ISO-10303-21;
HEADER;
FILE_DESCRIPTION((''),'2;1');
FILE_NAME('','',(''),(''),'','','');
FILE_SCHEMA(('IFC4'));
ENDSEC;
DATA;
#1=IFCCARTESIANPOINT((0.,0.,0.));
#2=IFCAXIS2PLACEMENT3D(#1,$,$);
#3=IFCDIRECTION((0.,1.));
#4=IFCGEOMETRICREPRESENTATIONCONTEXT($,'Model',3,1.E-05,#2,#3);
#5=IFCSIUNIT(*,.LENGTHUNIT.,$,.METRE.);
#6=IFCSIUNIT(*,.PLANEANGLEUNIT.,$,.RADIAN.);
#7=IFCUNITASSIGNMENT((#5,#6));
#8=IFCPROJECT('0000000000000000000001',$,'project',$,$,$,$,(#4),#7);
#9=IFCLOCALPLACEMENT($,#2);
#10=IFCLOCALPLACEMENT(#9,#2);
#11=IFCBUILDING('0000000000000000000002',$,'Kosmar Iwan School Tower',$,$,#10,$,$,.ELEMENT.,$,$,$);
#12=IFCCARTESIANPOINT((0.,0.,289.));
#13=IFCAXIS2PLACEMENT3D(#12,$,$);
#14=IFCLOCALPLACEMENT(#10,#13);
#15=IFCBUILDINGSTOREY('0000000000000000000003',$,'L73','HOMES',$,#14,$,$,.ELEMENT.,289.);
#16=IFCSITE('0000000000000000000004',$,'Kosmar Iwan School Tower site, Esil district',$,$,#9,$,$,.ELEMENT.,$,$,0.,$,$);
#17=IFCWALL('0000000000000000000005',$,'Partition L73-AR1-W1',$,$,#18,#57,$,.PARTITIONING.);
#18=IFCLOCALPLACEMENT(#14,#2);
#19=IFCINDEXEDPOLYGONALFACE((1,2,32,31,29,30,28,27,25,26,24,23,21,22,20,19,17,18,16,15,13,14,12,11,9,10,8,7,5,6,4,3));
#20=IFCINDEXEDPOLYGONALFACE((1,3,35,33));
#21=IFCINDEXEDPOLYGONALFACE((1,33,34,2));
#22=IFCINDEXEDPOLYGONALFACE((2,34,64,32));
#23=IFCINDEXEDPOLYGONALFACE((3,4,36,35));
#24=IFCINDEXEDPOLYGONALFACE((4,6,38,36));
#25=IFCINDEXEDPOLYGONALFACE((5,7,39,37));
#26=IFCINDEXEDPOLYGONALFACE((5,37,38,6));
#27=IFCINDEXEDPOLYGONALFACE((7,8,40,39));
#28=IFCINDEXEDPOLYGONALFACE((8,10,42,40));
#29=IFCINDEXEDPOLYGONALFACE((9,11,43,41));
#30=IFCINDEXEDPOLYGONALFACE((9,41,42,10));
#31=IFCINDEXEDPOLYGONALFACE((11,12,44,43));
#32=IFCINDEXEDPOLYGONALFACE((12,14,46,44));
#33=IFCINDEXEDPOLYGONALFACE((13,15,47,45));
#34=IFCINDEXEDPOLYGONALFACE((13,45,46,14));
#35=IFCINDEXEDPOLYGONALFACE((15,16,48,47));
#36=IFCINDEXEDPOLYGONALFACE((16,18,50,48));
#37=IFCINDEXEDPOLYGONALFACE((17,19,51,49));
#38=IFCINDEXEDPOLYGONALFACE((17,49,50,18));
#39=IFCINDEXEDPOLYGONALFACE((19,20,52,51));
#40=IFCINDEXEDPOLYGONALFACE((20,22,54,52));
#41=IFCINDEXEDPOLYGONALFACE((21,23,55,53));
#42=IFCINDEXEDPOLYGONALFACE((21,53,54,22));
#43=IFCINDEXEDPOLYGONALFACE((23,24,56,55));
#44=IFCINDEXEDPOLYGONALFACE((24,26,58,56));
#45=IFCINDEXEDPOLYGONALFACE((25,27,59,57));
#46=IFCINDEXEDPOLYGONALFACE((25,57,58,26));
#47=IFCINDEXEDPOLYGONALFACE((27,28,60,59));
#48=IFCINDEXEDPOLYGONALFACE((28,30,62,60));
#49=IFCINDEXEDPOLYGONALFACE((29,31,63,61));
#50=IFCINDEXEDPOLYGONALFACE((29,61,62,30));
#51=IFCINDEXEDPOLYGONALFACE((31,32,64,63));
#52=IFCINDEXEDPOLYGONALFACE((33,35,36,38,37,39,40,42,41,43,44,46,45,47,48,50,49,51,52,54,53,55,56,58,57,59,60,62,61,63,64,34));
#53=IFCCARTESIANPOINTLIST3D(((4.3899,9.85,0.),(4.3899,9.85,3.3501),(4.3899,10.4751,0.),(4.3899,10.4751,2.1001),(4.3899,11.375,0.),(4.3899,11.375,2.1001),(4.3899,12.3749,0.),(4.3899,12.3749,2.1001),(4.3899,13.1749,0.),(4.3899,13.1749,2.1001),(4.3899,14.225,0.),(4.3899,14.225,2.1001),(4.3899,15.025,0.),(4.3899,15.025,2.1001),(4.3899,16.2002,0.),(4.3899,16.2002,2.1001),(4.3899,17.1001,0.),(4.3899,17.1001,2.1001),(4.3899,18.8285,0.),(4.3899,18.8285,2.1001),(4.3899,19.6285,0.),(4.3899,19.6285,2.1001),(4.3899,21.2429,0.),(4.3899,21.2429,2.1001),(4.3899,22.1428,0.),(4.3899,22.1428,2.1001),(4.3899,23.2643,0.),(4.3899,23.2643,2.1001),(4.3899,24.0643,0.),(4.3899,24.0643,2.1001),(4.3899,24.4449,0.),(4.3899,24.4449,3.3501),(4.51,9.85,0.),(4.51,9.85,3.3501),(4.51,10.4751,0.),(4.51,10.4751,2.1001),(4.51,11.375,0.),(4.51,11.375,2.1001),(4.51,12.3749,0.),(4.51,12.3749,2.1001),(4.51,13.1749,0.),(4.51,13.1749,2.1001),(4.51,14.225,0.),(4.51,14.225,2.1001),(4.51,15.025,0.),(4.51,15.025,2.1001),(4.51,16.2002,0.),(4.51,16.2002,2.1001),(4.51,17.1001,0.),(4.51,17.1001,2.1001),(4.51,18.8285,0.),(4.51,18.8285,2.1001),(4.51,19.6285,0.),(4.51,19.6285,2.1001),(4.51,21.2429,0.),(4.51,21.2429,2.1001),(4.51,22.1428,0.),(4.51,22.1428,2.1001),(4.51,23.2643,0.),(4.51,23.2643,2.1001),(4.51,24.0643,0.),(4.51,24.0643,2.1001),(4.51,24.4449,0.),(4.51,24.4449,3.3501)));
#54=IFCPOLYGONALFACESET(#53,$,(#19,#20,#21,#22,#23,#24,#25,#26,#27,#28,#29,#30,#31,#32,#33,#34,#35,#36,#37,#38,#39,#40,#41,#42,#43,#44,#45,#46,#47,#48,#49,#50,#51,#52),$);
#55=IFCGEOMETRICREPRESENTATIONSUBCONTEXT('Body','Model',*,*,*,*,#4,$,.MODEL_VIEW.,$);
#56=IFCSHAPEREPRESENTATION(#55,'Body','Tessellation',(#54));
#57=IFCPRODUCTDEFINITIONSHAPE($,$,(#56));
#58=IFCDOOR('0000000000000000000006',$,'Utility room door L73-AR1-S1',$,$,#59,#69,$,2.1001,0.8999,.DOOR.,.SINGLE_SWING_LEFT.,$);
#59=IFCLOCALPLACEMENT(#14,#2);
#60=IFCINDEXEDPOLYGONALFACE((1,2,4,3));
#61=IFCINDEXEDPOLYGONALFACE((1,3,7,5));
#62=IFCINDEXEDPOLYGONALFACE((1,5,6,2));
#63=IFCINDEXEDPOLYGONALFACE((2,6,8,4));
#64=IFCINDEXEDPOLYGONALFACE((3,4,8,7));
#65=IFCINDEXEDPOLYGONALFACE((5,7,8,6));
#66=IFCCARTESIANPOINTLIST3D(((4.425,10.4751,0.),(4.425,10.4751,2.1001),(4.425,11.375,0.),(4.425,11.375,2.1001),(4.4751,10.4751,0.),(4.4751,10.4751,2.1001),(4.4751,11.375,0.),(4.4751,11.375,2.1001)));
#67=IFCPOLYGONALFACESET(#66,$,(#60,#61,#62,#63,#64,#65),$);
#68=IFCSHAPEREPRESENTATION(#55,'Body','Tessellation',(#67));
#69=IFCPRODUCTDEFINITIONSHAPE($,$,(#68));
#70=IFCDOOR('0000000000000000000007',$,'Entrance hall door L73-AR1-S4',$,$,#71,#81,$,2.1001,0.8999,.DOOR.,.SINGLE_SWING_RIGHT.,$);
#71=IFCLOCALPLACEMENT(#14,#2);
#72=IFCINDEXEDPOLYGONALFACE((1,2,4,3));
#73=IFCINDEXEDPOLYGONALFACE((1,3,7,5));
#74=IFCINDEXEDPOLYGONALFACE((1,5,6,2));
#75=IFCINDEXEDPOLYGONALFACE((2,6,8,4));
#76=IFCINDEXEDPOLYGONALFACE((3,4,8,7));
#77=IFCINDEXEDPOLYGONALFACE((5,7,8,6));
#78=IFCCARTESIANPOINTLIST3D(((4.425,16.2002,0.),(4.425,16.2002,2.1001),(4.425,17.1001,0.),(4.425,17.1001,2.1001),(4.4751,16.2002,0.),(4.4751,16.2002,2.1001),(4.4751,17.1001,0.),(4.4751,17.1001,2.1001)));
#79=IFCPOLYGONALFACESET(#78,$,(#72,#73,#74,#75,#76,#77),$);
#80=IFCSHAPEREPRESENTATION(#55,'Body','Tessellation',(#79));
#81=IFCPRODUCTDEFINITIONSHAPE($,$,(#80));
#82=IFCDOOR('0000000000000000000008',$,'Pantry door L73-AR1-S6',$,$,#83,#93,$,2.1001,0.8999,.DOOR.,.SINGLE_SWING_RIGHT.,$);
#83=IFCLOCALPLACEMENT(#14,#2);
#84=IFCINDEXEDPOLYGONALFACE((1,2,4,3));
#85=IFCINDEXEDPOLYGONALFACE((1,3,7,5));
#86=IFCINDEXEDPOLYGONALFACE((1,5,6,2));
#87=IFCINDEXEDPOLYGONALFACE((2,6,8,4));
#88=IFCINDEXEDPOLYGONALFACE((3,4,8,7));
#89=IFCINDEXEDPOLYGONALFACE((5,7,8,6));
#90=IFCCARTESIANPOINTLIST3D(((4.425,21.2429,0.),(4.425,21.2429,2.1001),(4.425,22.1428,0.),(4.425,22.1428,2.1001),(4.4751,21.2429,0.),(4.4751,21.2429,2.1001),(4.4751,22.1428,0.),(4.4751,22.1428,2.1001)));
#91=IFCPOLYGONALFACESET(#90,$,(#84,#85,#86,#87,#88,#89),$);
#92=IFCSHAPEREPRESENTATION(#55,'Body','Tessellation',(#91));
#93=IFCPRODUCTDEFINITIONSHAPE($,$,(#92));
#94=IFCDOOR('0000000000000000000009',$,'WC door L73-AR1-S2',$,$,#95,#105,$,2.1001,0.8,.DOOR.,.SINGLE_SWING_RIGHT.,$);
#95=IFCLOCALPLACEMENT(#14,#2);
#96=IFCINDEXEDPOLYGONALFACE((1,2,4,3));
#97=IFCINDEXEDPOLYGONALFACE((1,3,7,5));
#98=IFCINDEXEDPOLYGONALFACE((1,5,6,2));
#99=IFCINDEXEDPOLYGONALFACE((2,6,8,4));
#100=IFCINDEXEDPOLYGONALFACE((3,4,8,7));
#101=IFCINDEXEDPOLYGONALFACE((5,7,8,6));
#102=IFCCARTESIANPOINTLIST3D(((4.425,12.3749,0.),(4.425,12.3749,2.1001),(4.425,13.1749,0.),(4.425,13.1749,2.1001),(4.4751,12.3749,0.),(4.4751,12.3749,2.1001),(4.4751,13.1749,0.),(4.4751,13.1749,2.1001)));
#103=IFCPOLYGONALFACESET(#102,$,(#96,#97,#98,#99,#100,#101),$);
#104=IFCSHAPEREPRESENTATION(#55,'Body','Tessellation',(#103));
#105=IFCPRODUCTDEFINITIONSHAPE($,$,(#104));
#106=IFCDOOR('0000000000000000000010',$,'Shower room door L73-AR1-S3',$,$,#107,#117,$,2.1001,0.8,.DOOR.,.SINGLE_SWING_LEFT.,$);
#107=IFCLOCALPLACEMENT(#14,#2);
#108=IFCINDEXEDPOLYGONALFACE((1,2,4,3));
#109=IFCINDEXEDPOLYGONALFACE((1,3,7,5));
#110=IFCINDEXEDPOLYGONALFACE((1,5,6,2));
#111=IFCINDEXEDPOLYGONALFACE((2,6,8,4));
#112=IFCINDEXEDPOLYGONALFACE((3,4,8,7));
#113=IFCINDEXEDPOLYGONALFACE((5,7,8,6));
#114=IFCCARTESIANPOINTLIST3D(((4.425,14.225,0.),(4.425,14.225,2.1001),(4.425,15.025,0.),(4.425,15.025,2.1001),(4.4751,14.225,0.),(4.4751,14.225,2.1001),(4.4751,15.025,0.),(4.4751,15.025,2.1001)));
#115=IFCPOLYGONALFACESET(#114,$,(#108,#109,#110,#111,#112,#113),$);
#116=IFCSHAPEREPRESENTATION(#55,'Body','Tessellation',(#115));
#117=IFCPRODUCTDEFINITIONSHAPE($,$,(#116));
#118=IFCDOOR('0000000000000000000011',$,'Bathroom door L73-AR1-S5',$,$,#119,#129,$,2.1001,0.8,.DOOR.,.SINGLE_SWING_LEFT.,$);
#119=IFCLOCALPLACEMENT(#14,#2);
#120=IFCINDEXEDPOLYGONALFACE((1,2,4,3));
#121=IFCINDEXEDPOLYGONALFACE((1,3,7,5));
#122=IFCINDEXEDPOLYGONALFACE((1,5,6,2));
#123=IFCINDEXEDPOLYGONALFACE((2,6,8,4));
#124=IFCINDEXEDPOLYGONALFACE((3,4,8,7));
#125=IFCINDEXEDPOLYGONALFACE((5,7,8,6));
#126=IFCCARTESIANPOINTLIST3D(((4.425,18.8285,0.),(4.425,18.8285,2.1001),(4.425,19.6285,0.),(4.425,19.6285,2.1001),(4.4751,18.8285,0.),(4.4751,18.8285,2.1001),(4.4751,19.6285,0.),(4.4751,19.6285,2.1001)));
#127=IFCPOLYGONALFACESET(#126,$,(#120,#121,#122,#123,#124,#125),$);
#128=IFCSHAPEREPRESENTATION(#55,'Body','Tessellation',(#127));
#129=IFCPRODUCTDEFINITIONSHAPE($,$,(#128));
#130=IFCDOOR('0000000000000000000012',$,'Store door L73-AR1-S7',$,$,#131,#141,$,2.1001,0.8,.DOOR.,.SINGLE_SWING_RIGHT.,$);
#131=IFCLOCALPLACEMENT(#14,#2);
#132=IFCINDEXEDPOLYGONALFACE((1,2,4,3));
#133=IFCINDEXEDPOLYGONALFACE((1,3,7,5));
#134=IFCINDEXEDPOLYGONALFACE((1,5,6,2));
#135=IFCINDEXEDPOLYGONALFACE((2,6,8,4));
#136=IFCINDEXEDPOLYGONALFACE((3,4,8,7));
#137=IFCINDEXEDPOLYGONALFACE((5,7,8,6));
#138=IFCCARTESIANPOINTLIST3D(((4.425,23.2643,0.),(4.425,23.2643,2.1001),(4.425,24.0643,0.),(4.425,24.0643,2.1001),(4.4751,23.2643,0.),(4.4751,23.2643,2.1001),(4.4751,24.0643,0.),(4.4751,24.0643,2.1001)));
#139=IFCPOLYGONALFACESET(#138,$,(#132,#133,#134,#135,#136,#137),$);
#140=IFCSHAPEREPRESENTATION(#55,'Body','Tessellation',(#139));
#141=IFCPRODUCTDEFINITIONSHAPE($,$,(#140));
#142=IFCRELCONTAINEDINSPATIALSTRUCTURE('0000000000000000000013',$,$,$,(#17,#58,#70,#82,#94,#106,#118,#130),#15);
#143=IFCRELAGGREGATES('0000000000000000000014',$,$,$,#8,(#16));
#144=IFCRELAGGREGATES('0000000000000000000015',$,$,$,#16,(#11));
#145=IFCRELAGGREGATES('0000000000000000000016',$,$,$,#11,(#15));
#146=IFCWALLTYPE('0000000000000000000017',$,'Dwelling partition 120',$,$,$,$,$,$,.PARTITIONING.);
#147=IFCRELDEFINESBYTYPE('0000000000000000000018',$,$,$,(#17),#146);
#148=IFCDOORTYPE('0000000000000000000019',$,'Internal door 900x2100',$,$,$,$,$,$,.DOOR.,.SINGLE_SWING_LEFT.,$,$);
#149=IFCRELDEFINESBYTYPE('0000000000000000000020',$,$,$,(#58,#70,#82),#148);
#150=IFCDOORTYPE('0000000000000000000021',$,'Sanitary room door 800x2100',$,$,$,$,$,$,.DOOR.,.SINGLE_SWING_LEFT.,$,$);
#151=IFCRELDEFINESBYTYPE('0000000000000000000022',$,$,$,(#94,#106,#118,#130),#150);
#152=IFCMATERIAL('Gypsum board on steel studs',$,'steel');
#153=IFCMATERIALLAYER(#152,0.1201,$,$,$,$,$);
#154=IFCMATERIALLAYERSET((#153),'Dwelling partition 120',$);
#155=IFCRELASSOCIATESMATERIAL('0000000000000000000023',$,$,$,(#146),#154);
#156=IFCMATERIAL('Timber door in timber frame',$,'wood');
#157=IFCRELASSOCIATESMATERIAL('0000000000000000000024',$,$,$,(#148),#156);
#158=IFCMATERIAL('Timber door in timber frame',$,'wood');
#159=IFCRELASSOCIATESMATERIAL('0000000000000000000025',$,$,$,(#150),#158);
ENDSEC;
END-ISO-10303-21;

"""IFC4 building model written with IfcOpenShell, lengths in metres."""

from ifc_helpers import new_model, si_unit, direction, frame, frame_2d, origin, place, context, subcontext, project, spatial, rectangle, extrude, material, layer, layer_set, type_object, element, fill, save


model = new_model("IFC4")

# Units and contexts
model_context = context("Model", 3, precision=1e-05, world=origin(), true_north=direction((0.0, 1.0)))
body_context = subcontext(model_context, "Body", "Model", "MODEL_VIEW")
ifc_project = project(units=[si_unit("LENGTHUNIT", "METRE"), si_unit("PLANEANGLEUNIT", "RADIAN")], contexts=[model_context])

# Site, building, storey
site_placement = place(None, origin())
site = spatial("IfcSite", under=ifc_project, at=site_placement, Name="Kosmar Iwan School Tower site, Esil district", CompositionType="ELEMENT", RefElevation=0.0)
building_placement = place(site_placement, origin())
building = spatial("IfcBuilding", under=site, at=building_placement, Name="Kosmar Iwan School Tower", CompositionType="ELEMENT")
storey_placement = place(building_placement, frame((0.0, 0.0, 289.0)))
storey = spatial("IfcBuildingStorey", under=building, at=storey_placement, Name="L73", Description="HOMES", CompositionType="ELEMENT", Elevation=289.0)

# Wall, openings, doors
ifc_material_1 = material(Name="Gypsum board on steel studs", Category="steel")
ifc_layer_1 = layer(ifc_material_1, 0.1201)
ifc_layer_set_1 = layer_set([ifc_layer_1], Name="Dwelling partition 120")
wall_type_1 = type_object("IfcWallType", Name="Dwelling partition 120", PredefinedType="PARTITIONING", material=ifc_layer_set_1)
wall_1_placement = place(storey_placement, frame((4.45, 9.8501, 0.0), z_axis=(0.0, 0.0, 1.0), x_axis=(0.0, 1.0, 0.0)))
wall_1 = element("IfcWall", 1, at=wall_1_placement, inside=storey, type_object=wall_type_1, Name="Partition L73-AR1-W1", PredefinedType="PARTITIONING", context=body_context, shape_type="SweptSolid", body=[
    extrude(rectangle(XDim=14.595, YDim=0.1201, at=frame_2d((7.2974, 0.0))), origin(), (0.0, 0.0, 1.0), 3.3501),
])
opening_1_placement = place(wall_1_placement, frame((0.625, 0.0, 0.0)))
opening_1 = element("IfcOpeningElement", 2, at=opening_1_placement, cuts=wall_1, PredefinedType="OPENING", context=body_context, shape_type="SweptSolid", body=[
    extrude(rectangle(XDim=0.8999, YDim=2.1001, at=frame_2d((0.45, 1.05))), frame((0.0, 0.072, 0.0), z_axis=(0.0, -1.0, 0.0), x_axis=(1.0, 0.0, 0.0)), (0.0, 0.0, 1.0), 0.144),
])
opening_2_placement = place(wall_1_placement, frame((2.5249, 0.0, 0.0)))
opening_2 = element("IfcOpeningElement", 3, at=opening_2_placement, cuts=wall_1, PredefinedType="OPENING", context=body_context, shape_type="SweptSolid", body=[
    extrude(rectangle(XDim=0.8, YDim=2.1001, at=frame_2d((0.3999, 1.05))), frame((0.0, 0.072, 0.0), z_axis=(0.0, -1.0, 0.0), x_axis=(1.0, 0.0, 0.0)), (0.0, 0.0, 1.0), 0.144),
])
opening_3_placement = place(wall_1_placement, frame((4.375, 0.0, 0.0)))
opening_3 = element("IfcOpeningElement", 4, at=opening_3_placement, cuts=wall_1, PredefinedType="OPENING", context=body_context, shape_type="SweptSolid", body=[
    extrude(rectangle(XDim=0.8, YDim=2.1001, at=frame_2d((0.3999, 1.05))), frame((0.0, 0.072, 0.0), z_axis=(0.0, -1.0, 0.0), x_axis=(1.0, 0.0, 0.0)), (0.0, 0.0, 1.0), 0.144),
])
opening_4_placement = place(wall_1_placement, frame((6.3501, 0.0, 0.0)))
opening_4 = element("IfcOpeningElement", 5, at=opening_4_placement, cuts=wall_1, PredefinedType="OPENING", context=body_context, shape_type="SweptSolid", body=[
    extrude(rectangle(XDim=0.8999, YDim=2.1001, at=frame_2d((0.45, 1.05))), frame((0.0, 0.072, 0.0), z_axis=(0.0, -1.0, 0.0), x_axis=(1.0, 0.0, 0.0)), (0.0, 0.0, 1.0), 0.144),
])
opening_5_placement = place(wall_1_placement, frame((8.9785, 0.0, 0.0)))
opening_5 = element("IfcOpeningElement", 6, at=opening_5_placement, cuts=wall_1, PredefinedType="OPENING", context=body_context, shape_type="SweptSolid", body=[
    extrude(rectangle(XDim=0.8, YDim=2.1001, at=frame_2d((0.3999, 1.05))), frame((0.0, 0.072, 0.0), z_axis=(0.0, -1.0, 0.0), x_axis=(1.0, 0.0, 0.0)), (0.0, 0.0, 1.0), 0.144),
])
opening_6_placement = place(wall_1_placement, frame((11.3928, 0.0, 0.0)))
opening_6 = element("IfcOpeningElement", 7, at=opening_6_placement, cuts=wall_1, PredefinedType="OPENING", context=body_context, shape_type="SweptSolid", body=[
    extrude(rectangle(XDim=0.8999, YDim=2.1001, at=frame_2d((0.45, 1.05))), frame((0.0, 0.072, 0.0), z_axis=(0.0, -1.0, 0.0), x_axis=(1.0, 0.0, 0.0)), (0.0, 0.0, 1.0), 0.144),
])
opening_7_placement = place(wall_1_placement, frame((13.4143, 0.0, 0.0)))
opening_7 = element("IfcOpeningElement", 8, at=opening_7_placement, cuts=wall_1, PredefinedType="OPENING", context=body_context, shape_type="SweptSolid", body=[
    extrude(rectangle(XDim=0.8, YDim=2.1001, at=frame_2d((0.3999, 1.05))), frame((0.0, 0.072, 0.0), z_axis=(0.0, -1.0, 0.0), x_axis=(1.0, 0.0, 0.0)), (0.0, 0.0, 1.0), 0.144),
])
ifc_material_2 = material(Name="Timber door in timber frame", Category="wood")
door_type_1 = type_object("IfcDoorType", Name="Internal door 900x2100", OperationType="SINGLE_SWING_LEFT", PredefinedType="DOOR", material=ifc_material_2)
door_1_placement = place(opening_1_placement, origin())
door_1 = element("IfcDoor", 9, at=door_1_placement, inside=storey, type_object=door_type_1, Name="Utility room door L73-AR1-S1", OperationType="SINGLE_SWING_LEFT", OverallHeight=2.1001, OverallWidth=0.8999, PredefinedType="DOOR", context=body_context, shape_type="SweptSolid", body=[
    extrude(rectangle(XDim=0.8999, YDim=2.1001, at=frame_2d((0.45, 1.05))), frame((0.0, 0.0249, 0.0), z_axis=(0.0, -1.0, 0.0), x_axis=(1.0, 0.0, 0.0)), (0.0, 0.0, 1.0), 0.05),
])
fill(opening_1, door_1)
door_2_placement = place(opening_4_placement, origin())
door_2 = element("IfcDoor", 10, at=door_2_placement, inside=storey, type_object=door_type_1, Name="Entrance hall door L73-AR1-S4", OperationType="SINGLE_SWING_RIGHT", OverallHeight=2.1001, OverallWidth=0.8999, PredefinedType="DOOR", context=body_context, shape_type="SweptSolid", body=[
    extrude(rectangle(XDim=0.8999, YDim=2.1001, at=frame_2d((0.45, 1.05))), frame((0.0, 0.0249, 0.0), z_axis=(0.0, -1.0, 0.0), x_axis=(1.0, 0.0, 0.0)), (0.0, 0.0, 1.0), 0.05),
])
fill(opening_4, door_2)
door_3_placement = place(opening_6_placement, origin())
door_3 = element("IfcDoor", 11, at=door_3_placement, inside=storey, type_object=door_type_1, Name="Pantry door L73-AR1-S6", OperationType="SINGLE_SWING_RIGHT", OverallHeight=2.1001, OverallWidth=0.8999, PredefinedType="DOOR", context=body_context, shape_type="SweptSolid", body=[
    extrude(rectangle(XDim=0.8999, YDim=2.1001, at=frame_2d((0.45, 1.05))), frame((0.0, 0.0249, 0.0), z_axis=(0.0, -1.0, 0.0), x_axis=(1.0, 0.0, 0.0)), (0.0, 0.0, 1.0), 0.05),
])
fill(opening_6, door_3)
ifc_material_3 = material(Name="Timber door in timber frame", Category="wood")
door_type_2 = type_object("IfcDoorType", Name="Sanitary room door 800x2100", OperationType="SINGLE_SWING_LEFT", PredefinedType="DOOR", material=ifc_material_3)
door_4_placement = place(opening_2_placement, origin())
door_4 = element("IfcDoor", 12, at=door_4_placement, inside=storey, type_object=door_type_2, Name="WC door L73-AR1-S2", OperationType="SINGLE_SWING_RIGHT", OverallHeight=2.1001, OverallWidth=0.8, PredefinedType="DOOR", context=body_context, shape_type="SweptSolid", body=[
    extrude(rectangle(XDim=0.8, YDim=2.1001, at=frame_2d((0.3999, 1.05))), frame((0.0, 0.0249, 0.0), z_axis=(0.0, -1.0, 0.0), x_axis=(1.0, 0.0, 0.0)), (0.0, 0.0, 1.0), 0.05),
])
fill(opening_2, door_4)
door_5_placement = place(opening_3_placement, origin())
door_5 = element("IfcDoor", 13, at=door_5_placement, inside=storey, type_object=door_type_2, Name="Shower room door L73-AR1-S3", OperationType="SINGLE_SWING_LEFT", OverallHeight=2.1001, OverallWidth=0.8, PredefinedType="DOOR", context=body_context, shape_type="SweptSolid", body=[
    extrude(rectangle(XDim=0.8, YDim=2.1001, at=frame_2d((0.3999, 1.05))), frame((0.0, 0.0249, 0.0), z_axis=(0.0, -1.0, 0.0), x_axis=(1.0, 0.0, 0.0)), (0.0, 0.0, 1.0), 0.05),
])
fill(opening_3, door_5)
door_6_placement = place(opening_5_placement, origin())
door_6 = element("IfcDoor", 14, at=door_6_placement, inside=storey, type_object=door_type_2, Name="Bathroom door L73-AR1-S5", OperationType="SINGLE_SWING_LEFT", OverallHeight=2.1001, OverallWidth=0.8, PredefinedType="DOOR", context=body_context, shape_type="SweptSolid", body=[
    extrude(rectangle(XDim=0.8, YDim=2.1001, at=frame_2d((0.3999, 1.05))), frame((0.0, 0.0249, 0.0), z_axis=(0.0, -1.0, 0.0), x_axis=(1.0, 0.0, 0.0)), (0.0, 0.0, 1.0), 0.05),
])
fill(opening_5, door_6)
door_7_placement = place(opening_7_placement, origin())
door_7 = element("IfcDoor", 15, at=door_7_placement, inside=storey, type_object=door_type_2, Name="Store door L73-AR1-S7", OperationType="SINGLE_SWING_RIGHT", OverallHeight=2.1001, OverallWidth=0.8, PredefinedType="DOOR", context=body_context, shape_type="SweptSolid", body=[
    extrude(rectangle(XDim=0.8, YDim=2.1001, at=frame_2d((0.3999, 1.05))), frame((0.0, 0.0249, 0.0), z_axis=(0.0, -1.0, 0.0), x_axis=(1.0, 0.0, 0.0)), (0.0, 0.0, 1.0), 0.05),
])
fill(opening_7, door_7)

save(model, "model.ifc")
